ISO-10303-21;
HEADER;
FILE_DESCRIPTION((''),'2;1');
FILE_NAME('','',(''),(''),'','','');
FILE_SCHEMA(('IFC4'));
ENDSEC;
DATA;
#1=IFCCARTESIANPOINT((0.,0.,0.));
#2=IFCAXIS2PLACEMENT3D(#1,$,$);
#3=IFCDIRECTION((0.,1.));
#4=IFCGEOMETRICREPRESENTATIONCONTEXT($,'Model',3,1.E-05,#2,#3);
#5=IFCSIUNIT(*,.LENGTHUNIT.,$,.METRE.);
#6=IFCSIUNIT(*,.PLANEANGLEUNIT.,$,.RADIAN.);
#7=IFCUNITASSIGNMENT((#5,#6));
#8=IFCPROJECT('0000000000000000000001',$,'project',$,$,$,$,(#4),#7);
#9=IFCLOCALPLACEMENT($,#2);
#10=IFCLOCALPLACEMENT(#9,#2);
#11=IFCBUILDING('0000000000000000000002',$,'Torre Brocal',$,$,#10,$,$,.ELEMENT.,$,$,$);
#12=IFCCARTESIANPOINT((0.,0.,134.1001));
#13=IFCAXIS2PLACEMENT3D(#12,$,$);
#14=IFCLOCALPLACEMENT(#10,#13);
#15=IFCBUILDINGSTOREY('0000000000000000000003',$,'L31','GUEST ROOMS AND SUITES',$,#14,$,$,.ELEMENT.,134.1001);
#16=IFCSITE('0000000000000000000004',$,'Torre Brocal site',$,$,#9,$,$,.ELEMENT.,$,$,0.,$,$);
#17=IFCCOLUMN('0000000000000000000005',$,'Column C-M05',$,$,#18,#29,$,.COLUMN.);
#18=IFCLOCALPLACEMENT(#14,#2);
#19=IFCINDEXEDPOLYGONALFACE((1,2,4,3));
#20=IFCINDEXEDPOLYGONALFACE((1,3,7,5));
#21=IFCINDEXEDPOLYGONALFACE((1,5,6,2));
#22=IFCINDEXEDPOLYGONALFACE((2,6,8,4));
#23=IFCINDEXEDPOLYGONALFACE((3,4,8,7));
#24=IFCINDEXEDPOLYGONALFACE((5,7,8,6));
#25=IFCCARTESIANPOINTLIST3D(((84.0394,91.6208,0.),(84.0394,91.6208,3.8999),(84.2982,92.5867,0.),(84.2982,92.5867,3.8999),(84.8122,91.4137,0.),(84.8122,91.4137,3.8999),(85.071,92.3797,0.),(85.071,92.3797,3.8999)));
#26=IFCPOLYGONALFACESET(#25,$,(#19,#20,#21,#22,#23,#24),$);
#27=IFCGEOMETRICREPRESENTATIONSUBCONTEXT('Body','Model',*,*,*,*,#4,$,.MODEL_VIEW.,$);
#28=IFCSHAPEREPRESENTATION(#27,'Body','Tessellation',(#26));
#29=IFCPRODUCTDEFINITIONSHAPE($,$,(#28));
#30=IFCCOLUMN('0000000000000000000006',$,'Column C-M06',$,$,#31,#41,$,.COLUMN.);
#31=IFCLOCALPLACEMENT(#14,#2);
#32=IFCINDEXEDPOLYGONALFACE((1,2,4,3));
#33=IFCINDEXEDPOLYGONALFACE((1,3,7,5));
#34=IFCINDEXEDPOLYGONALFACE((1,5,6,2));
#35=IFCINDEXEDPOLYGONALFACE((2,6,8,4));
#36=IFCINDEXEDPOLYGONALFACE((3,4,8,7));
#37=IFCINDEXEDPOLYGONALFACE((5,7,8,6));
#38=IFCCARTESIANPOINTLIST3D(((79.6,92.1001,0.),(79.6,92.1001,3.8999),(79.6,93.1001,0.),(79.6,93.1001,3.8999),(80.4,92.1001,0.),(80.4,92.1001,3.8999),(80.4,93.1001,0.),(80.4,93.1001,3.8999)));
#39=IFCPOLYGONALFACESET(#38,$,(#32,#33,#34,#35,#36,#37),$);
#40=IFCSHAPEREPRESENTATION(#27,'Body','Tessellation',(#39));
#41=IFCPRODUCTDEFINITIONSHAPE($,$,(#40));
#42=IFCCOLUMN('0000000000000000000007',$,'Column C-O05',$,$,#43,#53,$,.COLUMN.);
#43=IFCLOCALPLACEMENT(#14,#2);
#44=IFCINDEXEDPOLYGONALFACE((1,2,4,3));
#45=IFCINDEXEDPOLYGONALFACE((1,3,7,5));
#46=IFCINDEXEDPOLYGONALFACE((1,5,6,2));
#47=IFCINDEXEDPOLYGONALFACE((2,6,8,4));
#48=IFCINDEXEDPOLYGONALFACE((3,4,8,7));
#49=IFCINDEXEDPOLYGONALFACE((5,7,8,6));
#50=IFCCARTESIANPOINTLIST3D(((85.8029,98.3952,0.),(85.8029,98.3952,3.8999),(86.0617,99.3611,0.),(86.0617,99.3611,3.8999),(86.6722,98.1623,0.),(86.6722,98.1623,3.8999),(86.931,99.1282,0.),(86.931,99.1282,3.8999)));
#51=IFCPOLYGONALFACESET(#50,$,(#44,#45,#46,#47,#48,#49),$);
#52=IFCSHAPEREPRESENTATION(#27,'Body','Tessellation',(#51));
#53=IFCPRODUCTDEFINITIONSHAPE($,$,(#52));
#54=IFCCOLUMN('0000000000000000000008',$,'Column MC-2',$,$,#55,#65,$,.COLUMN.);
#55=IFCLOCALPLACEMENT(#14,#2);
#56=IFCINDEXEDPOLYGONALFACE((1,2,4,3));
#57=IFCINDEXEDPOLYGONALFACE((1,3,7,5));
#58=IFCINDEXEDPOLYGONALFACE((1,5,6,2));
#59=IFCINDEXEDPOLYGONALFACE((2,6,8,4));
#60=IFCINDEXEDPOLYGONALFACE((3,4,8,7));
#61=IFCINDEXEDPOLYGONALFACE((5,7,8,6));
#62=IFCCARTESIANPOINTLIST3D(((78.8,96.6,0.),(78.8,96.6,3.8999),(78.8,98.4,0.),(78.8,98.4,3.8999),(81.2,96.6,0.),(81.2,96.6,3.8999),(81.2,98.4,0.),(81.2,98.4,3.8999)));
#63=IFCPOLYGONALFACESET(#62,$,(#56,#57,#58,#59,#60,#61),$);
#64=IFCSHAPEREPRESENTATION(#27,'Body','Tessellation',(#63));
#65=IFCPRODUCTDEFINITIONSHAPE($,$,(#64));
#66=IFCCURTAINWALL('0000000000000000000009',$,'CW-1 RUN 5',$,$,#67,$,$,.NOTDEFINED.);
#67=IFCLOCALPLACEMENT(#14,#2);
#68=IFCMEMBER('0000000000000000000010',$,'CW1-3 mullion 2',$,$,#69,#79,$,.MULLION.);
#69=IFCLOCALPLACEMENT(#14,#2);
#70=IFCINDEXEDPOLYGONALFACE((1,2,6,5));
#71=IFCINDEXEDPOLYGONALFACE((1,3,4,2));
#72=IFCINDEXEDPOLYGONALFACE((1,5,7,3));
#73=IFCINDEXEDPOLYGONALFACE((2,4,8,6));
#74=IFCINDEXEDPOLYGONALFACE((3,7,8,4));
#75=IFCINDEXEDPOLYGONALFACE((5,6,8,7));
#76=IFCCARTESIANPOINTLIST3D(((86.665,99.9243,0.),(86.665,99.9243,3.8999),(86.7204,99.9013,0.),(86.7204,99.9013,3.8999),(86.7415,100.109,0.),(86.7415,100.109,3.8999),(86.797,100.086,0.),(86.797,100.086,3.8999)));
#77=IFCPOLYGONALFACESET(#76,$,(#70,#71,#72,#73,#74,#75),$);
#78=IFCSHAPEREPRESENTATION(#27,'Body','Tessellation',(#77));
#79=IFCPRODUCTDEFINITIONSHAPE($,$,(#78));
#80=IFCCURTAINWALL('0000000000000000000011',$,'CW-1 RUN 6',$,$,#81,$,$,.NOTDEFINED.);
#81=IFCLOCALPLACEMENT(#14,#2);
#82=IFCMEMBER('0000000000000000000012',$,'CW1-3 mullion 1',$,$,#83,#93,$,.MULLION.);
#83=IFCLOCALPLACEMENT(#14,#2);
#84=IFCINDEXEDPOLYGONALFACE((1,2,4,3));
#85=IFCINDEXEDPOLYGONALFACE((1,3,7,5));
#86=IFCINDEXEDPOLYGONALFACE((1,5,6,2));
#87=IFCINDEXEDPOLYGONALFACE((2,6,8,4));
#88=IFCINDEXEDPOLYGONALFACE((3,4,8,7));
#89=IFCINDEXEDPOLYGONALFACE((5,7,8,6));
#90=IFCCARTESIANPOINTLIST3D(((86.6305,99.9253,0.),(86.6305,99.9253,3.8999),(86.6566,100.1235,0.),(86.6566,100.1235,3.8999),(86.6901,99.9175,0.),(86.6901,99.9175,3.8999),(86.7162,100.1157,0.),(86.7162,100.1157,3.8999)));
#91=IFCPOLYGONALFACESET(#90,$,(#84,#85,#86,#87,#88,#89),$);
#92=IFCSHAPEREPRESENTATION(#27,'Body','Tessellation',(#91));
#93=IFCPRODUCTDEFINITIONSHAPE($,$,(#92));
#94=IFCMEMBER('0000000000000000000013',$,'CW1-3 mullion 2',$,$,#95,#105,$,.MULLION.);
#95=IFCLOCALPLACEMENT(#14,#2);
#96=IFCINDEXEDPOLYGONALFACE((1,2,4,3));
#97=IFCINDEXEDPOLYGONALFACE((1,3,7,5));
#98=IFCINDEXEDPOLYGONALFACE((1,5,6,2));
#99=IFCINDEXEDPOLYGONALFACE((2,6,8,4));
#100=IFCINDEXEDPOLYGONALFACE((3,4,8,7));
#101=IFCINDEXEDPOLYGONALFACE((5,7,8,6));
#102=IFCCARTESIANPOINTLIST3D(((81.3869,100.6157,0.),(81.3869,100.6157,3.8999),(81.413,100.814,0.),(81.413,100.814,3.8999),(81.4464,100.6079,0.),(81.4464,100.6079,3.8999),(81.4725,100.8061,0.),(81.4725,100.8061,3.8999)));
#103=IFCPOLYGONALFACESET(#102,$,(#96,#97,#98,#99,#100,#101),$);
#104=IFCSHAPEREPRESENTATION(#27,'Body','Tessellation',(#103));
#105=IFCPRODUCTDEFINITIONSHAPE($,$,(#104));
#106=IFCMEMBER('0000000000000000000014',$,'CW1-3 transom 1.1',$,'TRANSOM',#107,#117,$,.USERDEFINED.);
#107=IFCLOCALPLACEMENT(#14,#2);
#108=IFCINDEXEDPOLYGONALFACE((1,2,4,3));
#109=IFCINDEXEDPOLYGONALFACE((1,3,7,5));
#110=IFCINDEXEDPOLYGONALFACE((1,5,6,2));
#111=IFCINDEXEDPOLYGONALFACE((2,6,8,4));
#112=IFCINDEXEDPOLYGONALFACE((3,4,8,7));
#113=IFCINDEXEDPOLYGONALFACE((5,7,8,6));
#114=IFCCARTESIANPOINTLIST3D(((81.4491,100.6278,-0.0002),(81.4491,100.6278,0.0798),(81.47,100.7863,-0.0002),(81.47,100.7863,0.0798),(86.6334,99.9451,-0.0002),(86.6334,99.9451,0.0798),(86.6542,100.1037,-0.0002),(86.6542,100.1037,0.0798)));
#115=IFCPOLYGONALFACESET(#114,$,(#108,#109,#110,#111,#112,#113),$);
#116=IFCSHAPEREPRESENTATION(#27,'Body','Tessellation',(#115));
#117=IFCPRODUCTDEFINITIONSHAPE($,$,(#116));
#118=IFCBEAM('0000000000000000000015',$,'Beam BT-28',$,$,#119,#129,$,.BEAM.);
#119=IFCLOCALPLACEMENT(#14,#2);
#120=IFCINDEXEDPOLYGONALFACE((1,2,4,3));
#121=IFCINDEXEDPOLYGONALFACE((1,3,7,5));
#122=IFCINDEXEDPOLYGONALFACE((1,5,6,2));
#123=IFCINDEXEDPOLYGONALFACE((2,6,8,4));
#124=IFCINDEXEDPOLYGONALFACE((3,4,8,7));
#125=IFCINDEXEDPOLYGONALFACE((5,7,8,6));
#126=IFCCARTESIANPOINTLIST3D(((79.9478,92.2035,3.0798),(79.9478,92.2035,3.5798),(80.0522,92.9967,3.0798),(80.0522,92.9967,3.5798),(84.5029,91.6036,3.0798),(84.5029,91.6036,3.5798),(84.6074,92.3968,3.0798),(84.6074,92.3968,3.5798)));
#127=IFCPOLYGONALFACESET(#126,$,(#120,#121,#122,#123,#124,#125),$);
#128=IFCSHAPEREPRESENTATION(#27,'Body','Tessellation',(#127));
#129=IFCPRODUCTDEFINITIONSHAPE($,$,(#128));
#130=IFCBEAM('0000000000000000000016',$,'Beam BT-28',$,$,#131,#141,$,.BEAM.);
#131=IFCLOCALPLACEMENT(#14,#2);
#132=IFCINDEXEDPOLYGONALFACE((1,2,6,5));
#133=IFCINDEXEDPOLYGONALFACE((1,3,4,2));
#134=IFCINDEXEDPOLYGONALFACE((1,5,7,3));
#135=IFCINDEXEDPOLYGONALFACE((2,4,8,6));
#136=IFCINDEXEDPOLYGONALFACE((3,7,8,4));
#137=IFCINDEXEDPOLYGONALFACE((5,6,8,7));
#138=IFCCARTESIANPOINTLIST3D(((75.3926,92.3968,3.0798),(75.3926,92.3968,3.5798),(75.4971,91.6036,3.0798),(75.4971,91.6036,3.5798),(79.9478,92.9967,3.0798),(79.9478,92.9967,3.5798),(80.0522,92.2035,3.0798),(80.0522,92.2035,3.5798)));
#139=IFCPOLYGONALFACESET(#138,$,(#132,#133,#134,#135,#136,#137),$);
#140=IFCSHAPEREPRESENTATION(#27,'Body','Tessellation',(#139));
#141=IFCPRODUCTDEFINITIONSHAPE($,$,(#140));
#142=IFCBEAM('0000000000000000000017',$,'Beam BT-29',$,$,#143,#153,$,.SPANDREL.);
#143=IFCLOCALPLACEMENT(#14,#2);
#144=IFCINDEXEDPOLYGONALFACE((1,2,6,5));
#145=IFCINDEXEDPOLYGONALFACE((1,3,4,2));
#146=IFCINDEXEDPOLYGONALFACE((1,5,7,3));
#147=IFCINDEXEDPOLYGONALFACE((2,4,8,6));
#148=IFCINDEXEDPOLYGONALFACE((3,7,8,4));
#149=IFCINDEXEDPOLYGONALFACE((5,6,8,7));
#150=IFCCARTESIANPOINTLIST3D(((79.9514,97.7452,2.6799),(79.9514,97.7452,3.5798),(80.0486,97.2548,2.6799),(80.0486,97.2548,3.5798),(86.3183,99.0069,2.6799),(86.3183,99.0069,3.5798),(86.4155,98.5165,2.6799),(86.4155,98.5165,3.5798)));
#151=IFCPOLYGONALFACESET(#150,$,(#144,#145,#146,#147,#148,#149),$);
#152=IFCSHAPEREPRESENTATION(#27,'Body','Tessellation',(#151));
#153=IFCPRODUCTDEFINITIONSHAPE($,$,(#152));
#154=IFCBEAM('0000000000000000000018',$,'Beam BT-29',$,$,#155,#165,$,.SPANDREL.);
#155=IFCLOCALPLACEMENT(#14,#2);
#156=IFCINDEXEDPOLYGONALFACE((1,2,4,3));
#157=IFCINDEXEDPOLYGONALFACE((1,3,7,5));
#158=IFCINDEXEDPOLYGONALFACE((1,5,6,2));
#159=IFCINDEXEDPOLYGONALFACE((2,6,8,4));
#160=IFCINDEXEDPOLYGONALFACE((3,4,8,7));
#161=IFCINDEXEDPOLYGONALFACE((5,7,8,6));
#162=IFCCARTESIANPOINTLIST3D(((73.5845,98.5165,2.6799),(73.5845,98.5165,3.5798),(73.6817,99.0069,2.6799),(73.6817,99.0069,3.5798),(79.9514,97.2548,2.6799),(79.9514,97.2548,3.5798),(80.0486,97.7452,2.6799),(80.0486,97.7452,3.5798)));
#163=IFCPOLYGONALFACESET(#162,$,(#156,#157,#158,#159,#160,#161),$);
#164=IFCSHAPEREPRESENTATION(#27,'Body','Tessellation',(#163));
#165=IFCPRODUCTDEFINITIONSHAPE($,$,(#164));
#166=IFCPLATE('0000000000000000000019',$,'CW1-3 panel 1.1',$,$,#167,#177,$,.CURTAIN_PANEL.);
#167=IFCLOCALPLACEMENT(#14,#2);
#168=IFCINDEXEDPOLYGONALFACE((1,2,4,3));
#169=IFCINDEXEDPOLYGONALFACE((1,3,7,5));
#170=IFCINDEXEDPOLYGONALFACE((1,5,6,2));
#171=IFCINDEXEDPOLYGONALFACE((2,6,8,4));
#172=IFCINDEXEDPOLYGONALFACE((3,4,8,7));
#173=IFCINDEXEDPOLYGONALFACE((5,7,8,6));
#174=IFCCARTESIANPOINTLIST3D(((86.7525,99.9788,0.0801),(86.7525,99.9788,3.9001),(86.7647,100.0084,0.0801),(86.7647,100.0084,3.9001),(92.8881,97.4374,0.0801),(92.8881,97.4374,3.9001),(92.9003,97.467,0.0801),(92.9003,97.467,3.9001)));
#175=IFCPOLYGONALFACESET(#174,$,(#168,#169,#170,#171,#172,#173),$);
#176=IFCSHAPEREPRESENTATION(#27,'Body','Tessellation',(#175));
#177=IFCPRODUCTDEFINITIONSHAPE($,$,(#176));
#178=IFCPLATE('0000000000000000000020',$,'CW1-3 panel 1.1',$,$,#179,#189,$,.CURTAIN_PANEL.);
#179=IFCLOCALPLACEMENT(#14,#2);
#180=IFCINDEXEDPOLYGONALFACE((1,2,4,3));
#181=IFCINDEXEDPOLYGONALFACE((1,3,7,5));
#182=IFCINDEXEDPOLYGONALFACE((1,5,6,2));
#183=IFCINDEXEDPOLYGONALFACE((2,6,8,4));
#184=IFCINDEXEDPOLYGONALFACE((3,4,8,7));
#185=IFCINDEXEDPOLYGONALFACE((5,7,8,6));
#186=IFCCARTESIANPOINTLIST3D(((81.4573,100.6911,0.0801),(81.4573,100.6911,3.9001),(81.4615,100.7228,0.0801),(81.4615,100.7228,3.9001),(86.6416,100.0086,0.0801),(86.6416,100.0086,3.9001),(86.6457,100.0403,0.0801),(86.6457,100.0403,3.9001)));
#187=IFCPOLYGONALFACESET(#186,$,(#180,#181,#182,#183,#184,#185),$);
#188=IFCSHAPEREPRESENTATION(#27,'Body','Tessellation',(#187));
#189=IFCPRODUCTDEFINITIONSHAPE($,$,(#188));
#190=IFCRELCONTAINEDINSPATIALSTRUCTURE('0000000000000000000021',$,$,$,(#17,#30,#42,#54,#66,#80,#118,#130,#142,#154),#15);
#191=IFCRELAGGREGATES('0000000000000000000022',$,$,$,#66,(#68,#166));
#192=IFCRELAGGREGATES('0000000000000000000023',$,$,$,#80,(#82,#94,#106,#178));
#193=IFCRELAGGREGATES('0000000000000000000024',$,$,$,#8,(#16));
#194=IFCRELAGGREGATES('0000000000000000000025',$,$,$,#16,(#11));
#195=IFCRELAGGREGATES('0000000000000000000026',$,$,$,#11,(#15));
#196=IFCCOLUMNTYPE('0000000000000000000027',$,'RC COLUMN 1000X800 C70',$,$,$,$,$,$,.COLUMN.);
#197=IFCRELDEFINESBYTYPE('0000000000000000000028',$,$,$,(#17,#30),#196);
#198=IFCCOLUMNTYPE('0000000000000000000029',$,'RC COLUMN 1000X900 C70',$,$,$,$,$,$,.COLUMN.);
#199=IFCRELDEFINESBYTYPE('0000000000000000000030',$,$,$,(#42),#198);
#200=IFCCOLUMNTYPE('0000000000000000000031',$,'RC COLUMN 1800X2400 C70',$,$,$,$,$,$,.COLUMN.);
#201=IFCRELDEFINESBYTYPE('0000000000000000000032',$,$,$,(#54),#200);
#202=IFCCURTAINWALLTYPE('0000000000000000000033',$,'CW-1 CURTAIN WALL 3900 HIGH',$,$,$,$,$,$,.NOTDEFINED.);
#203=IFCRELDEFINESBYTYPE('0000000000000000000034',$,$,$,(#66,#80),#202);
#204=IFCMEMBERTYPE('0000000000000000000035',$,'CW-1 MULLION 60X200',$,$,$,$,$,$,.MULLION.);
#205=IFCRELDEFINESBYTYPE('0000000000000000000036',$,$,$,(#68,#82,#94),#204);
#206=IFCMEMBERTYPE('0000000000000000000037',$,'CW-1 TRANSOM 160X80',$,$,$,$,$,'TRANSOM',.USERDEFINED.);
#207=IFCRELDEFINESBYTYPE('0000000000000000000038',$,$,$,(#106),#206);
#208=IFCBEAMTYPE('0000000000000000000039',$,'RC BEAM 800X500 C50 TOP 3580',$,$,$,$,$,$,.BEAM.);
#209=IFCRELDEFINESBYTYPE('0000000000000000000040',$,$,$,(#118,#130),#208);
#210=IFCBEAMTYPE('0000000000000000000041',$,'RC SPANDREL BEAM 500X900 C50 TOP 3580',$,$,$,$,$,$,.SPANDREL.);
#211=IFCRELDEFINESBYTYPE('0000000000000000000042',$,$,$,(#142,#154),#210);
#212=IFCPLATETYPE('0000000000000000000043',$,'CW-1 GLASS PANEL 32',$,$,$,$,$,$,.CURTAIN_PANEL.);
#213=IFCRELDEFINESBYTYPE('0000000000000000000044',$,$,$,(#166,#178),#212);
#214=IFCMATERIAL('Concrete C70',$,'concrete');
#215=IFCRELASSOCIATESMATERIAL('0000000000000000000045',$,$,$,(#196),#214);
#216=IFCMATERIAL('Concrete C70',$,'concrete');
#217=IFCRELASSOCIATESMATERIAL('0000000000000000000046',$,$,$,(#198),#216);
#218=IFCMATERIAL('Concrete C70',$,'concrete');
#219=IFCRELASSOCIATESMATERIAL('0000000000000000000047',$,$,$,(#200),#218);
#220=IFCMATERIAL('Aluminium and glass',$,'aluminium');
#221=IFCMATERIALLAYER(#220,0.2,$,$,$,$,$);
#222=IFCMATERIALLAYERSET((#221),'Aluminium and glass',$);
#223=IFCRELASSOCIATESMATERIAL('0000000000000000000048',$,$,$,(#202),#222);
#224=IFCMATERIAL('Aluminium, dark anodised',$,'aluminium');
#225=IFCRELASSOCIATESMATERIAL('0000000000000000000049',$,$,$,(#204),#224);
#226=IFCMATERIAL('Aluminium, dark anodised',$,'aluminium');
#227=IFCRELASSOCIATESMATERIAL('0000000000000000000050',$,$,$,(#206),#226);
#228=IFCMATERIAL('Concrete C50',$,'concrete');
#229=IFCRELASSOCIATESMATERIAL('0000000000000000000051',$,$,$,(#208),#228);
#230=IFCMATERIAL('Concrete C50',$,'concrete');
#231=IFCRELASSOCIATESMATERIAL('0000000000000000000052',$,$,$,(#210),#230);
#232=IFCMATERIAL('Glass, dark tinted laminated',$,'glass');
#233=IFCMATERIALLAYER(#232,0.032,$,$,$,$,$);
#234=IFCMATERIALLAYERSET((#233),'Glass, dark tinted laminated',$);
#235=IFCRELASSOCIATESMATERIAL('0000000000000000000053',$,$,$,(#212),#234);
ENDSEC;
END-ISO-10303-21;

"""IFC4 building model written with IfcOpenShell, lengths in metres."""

from ifc_helpers import new_model, si_unit, direction, frame, origin, origin_2d, place, context, subcontext, project, spatial, rectangle, extrude, material, layer, layer_set, material_profile, profile_set, type_object, element, aggregate, save


model = new_model("IFC4")

# Units and contexts
model_context = context("Model", 3, precision=1e-05, world=origin(), true_north=direction((0.0, 1.0)))
body_context = subcontext(model_context, "Body", "Model", "MODEL_VIEW")
ifc_project = project(units=[si_unit("LENGTHUNIT", "METRE"), si_unit("PLANEANGLEUNIT", "RADIAN")], contexts=[model_context])

# Site, building, storey
site_placement = place(None, origin())
site = spatial("IfcSite", under=ifc_project, at=site_placement, Name="Torre Brocal site", CompositionType="ELEMENT", RefElevation=0.0)
building_placement = place(site_placement, origin())
building = spatial("IfcBuilding", under=site, at=building_placement, Name="Torre Brocal", CompositionType="ELEMENT")
storey_placement = place(building_placement, frame((0.0, 0.0, 134.1001)))
storey = spatial("IfcBuildingStorey", under=building, at=storey_placement, Name="L31", Description="GUEST ROOMS AND SUITES", CompositionType="ELEMENT", Elevation=134.1001)

# Columns
ifc_material_1 = material(Name="Concrete C70", Category="concrete")
ifc_material_profile_1 = material_profile(ifc_material_1, rectangle(XDim=1.0, YDim=0.8, at=origin_2d()), Name="RC 1000X800")
ifc_profile_set_1 = profile_set([ifc_material_profile_1], Name="Concrete C70")
column_type_1 = type_object("IfcColumnType", Name="RC COLUMN 1000X800 C70", PredefinedType="COLUMN", material=ifc_profile_set_1)
for number, where, z_axis, x_axis, name in (
    (1, (84.5552, 92.0002, 0.0), (0.0, 0.0, 1.0), (0.258819, 0.965926, 0.0), "Column C-M05"),
    (2, (80.0, 92.6001, 0.0), (0.0, 0.0, 1.0), (0.0, 1.0, 0.0), "Column C-M06"),
):
    element("IfcColumn", number, at=place(storey_placement, frame(where, z_axis=z_axis, x_axis=x_axis)), inside=storey, type_object=column_type_1, Name=name, PredefinedType="COLUMN", context=body_context, shape_type="SweptSolid", body=[
        extrude(rectangle(XDim=1.0, YDim=0.8, at=origin_2d()), origin(), (0.0, 0.0, 1.0), 3.8999),
    ])
ifc_material_2 = material(Name="Concrete C70", Category="concrete")
ifc_material_profile_2 = material_profile(ifc_material_2, rectangle(XDim=1.0, YDim=0.8999, at=origin_2d()), Name="RC 1000X900")
ifc_profile_set_2 = profile_set([ifc_material_profile_2], Name="Concrete C70")
column_type_2 = type_object("IfcColumnType", Name="RC COLUMN 1000X900 C70", PredefinedType="COLUMN", material=ifc_profile_set_2)
column_1_placement = place(storey_placement, frame((86.3669, 98.7617, 0.0), z_axis=(0.0, 0.0, 1.0), x_axis=(0.258819, 0.965926, 0.0)))
element("IfcColumn", 3, at=column_1_placement, inside=storey, type_object=column_type_2, Name="Column C-O05", PredefinedType="COLUMN", context=body_context, shape_type="SweptSolid", body=[
    extrude(rectangle(XDim=1.0, YDim=0.8999, at=origin_2d()), origin(), (0.0, 0.0, 1.0), 3.8999),
])
ifc_material_3 = material(Name="Concrete C70", Category="concrete")
ifc_material_profile_3 = material_profile(ifc_material_3, rectangle(XDim=1.8, YDim=2.3999, at=origin_2d()), Name="RC 1800X2400")
ifc_profile_set_3 = profile_set([ifc_material_profile_3], Name="Concrete C70")
column_type_3 = type_object("IfcColumnType", Name="RC COLUMN 1800X2400 C70", PredefinedType="COLUMN", material=ifc_profile_set_3)
column_2_placement = place(storey_placement, frame((80.0, 97.5, 0.0), z_axis=(0.0, 0.0, 1.0), x_axis=(0.0, 1.0, 0.0)))
element("IfcColumn", 4, at=column_2_placement, inside=storey, type_object=column_type_3, Name="Column MC-2", PredefinedType="COLUMN", context=body_context, shape_type="SweptSolid", body=[
    extrude(rectangle(XDim=1.8, YDim=2.3999, at=origin_2d()), origin(), (0.0, 0.0, 1.0), 3.8999),
])

# Curtain wall, member
ifc_material_4 = material(Name="Aluminium and glass", Category="aluminium")
ifc_layer_1 = layer(ifc_material_4, 0.2)
ifc_layer_set_1 = layer_set([ifc_layer_1], Name="Aluminium and glass")
curtain_wall_type = type_object("IfcCurtainWallType", Name="CW-1 CURTAIN WALL 3900 HIGH", PredefinedType="NOTDEFINED", material=ifc_layer_set_1)
curtain_wall_1_placement = place(storey_placement, origin())
curtain_wall_1 = element("IfcCurtainWall", 5, at=curtain_wall_1_placement, inside=storey, type_object=curtain_wall_type, Name="CW-1 RUN 5", PredefinedType="NOTDEFINED")
ifc_material_5 = material(Name="Aluminium, dark anodised", Category="aluminium")
ifc_material_profile_4 = material_profile(ifc_material_5, rectangle(XDim=0.2, YDim=0.0601, at=origin_2d()), Name="CW-1 MULLION 60X200")
ifc_profile_set_4 = profile_set([ifc_material_profile_4], Name="Aluminium, dark anodised")
member_type_1 = type_object("IfcMemberType", Name="CW-1 MULLION 60X200", PredefinedType="MULLION", material=ifc_profile_set_4)
member_1_placement = place(storey_placement, frame((86.731, 100.0051, 0.0), z_axis=(0.0, 0.0, 1.0), x_axis=(-0.382683, -0.92388, 0.0)))
member_1 = element("IfcMember", 6, at=member_1_placement, type_object=member_type_1, Name="CW1-3 mullion 2", PredefinedType="MULLION", context=body_context, shape_type="SweptSolid", body=[
    extrude(rectangle(XDim=0.2, YDim=0.0601, at=origin_2d()), origin(), (0.0, 0.0, 1.0), 3.8999),
])

# Curtain wall, members
curtain_wall_2_placement = place(storey_placement, origin())
curtain_wall_2 = element("IfcCurtainWall", 7, at=curtain_wall_2_placement, inside=storey, type_object=curtain_wall_type, Name="CW-1 RUN 6", PredefinedType="NOTDEFINED")
member_2_placement = place(storey_placement, frame((86.6733, 100.0205, 0.0), z_axis=(0.0, 0.0, 1.0), x_axis=(-0.130526, -0.991445, 0.0)))
member_2 = element("IfcMember", 8, at=member_2_placement, type_object=member_type_1, Name="CW1-3 mullion 1", PredefinedType="MULLION", context=body_context, shape_type="SweptSolid", body=[
    extrude(rectangle(XDim=0.2, YDim=0.0601, at=origin_2d()), origin(), (0.0, 0.0, 1.0), 3.8999),
])
member_3_placement = place(storey_placement, frame((81.4297, 100.7109, 0.0), z_axis=(0.0, 0.0, 1.0), x_axis=(-0.130526, -0.991445, 0.0)))
member_3 = element("IfcMember", 9, at=member_3_placement, type_object=member_type_1, Name="CW1-3 mullion 2", PredefinedType="MULLION", context=body_context, shape_type="SweptSolid", body=[
    extrude(rectangle(XDim=0.2, YDim=0.0601, at=origin_2d()), origin(), (0.0, 0.0, 1.0), 3.8999),
])
ifc_material_6 = material(Name="Aluminium, dark anodised", Category="aluminium")
ifc_material_profile_5 = material_profile(ifc_material_6, rectangle(XDim=0.1599, YDim=0.0801, at=origin_2d()), Name="CW-1 TRANSOM 160X80")
ifc_profile_set_5 = profile_set([ifc_material_profile_5], Name="Aluminium, dark anodised")
member_type_2 = type_object("IfcMemberType", Name="CW-1 TRANSOM 160X80", ElementType="TRANSOM", PredefinedType="USERDEFINED", material=ifc_profile_set_5)
member_4_placement = place(storey_placement, frame((86.6438, 100.0244, 0.0398), z_axis=(-0.991443, 0.130543, 0.0), x_axis=(-0.130543, -0.991443, 0.0)))
member_4 = element("IfcMember", 10, at=member_4_placement, type_object=member_type_2, Name="CW1-3 transom 1.1", ObjectType="TRANSOM", PredefinedType="USERDEFINED", context=body_context, shape_type="SweptSolid", body=[
    extrude(rectangle(XDim=0.1599, YDim=0.0801, at=origin_2d()), origin(), (0.0, 0.0, 1.0), 5.229),
])

# Beams
ifc_material_7 = material(Name="Concrete C50", Category="concrete")
ifc_material_profile_6 = material_profile(ifc_material_7, rectangle(XDim=0.8, YDim=0.5, at=origin_2d()), Name="RC 800X500")
ifc_profile_set_6 = profile_set([ifc_material_profile_6], Name="Concrete C50")
beam_type_1 = type_object("IfcBeamType", Name="RC BEAM 800X500 C50 TOP 3580", PredefinedType="BEAM", material=ifc_profile_set_6)
for number, where, z_axis, x_axis, name in (
    (11, (84.5552, 92.0002, 3.3298), (-0.991441, 0.130559, 0.0), (-0.130559, -0.991441, 0.0), "Beam BT-28"),
    (12, (80.0, 92.6001, 3.3298), (-0.991441, -0.130559, 0.0), (0.130559, -0.991441, 0.0), "Beam BT-28"),
):
    element("IfcBeam", number, at=place(storey_placement, frame(where, z_axis=z_axis, x_axis=x_axis)), inside=storey, type_object=beam_type_1, Name=name, PredefinedType="BEAM", context=body_context, shape_type="SweptSolid", body=[
        extrude(rectangle(XDim=0.8, YDim=0.5, at=origin_2d()), origin(), (0.0, 0.0, 1.0), 4.5945),
    ])
ifc_material_8 = material(Name="Concrete C50", Category="concrete")
ifc_material_profile_7 = material_profile(ifc_material_8, rectangle(XDim=0.5, YDim=0.8999, at=origin_2d()), Name="RC 500X900")
ifc_profile_set_7 = profile_set([ifc_material_profile_7], Name="Concrete C50")
beam_type_2 = type_object("IfcBeamType", Name="RC SPANDREL BEAM 500X900 C50 TOP 3580", PredefinedType="SPANDREL", material=ifc_profile_set_7)
for number, where, z_axis, x_axis, name in (
    (13, (86.3669, 98.7617, 3.1299), (-0.980925, -0.194387, 0.0), (0.194387, -0.980925, 0.0), "Beam BT-29"),
    (14, (80.0, 97.5, 3.1299), (-0.980925, 0.194387, 0.0), (-0.194387, -0.980925, 0.0), "Beam BT-29"),
):
    element("IfcBeam", number, at=place(storey_placement, frame(where, z_axis=z_axis, x_axis=x_axis)), inside=storey, type_object=beam_type_2, Name=name, PredefinedType="SPANDREL", context=body_context, shape_type="SweptSolid", body=[
        extrude(rectangle(XDim=0.5, YDim=0.8999, at=origin_2d()), origin(), (0.0, 0.0, 1.0), 6.4907),
    ])

# Plates
ifc_material_9 = material(Name="Glass, dark tinted laminated", Category="glass")
ifc_layer_2 = layer(ifc_material_9, 0.032)
ifc_layer_set_2 = layer_set([ifc_layer_2], Name="Glass, dark tinted laminated")
plate_type = type_object("IfcPlateType", Name="CW-1 GLASS PANEL 32", PredefinedType="CURTAIN_PANEL", material=ifc_layer_set_2)
plate_1_placement = place(storey_placement, frame((89.8264, 98.7229, 0.0801), z_axis=(0.0, 0.0, 1.0), x_axis=(-0.92388, 0.382683, 0.0)))
plate_1 = element("IfcPlate", 15, at=plate_1_placement, type_object=plate_type, Name="CW1-3 panel 1.1", PredefinedType="CURTAIN_PANEL", context=body_context, shape_type="SweptSolid", body=[
    extrude(rectangle(XDim=6.6411, YDim=0.032, at=origin_2d()), origin(), (0.0, 0.0, 1.0), 3.8201),
])
aggregate(curtain_wall_1, [member_1, plate_1])
plate_2_placement = place(storey_placement, frame((84.0515, 100.3657, 0.0801), z_axis=(0.0, 0.0, 1.0), x_axis=(-0.991445, 0.130526, 0.0)))
plate_2 = element("IfcPlate", 16, at=plate_2_placement, type_object=plate_type, Name="CW1-3 panel 1.1", PredefinedType="CURTAIN_PANEL", context=body_context, shape_type="SweptSolid", body=[
    extrude(rectangle(XDim=5.229, YDim=0.032, at=origin_2d()), origin(), (0.0, 0.0, 1.0), 3.8201),
])
aggregate(curtain_wall_2, [member_2, member_3, member_4, plate_2])

save(model, "model.ifc")
